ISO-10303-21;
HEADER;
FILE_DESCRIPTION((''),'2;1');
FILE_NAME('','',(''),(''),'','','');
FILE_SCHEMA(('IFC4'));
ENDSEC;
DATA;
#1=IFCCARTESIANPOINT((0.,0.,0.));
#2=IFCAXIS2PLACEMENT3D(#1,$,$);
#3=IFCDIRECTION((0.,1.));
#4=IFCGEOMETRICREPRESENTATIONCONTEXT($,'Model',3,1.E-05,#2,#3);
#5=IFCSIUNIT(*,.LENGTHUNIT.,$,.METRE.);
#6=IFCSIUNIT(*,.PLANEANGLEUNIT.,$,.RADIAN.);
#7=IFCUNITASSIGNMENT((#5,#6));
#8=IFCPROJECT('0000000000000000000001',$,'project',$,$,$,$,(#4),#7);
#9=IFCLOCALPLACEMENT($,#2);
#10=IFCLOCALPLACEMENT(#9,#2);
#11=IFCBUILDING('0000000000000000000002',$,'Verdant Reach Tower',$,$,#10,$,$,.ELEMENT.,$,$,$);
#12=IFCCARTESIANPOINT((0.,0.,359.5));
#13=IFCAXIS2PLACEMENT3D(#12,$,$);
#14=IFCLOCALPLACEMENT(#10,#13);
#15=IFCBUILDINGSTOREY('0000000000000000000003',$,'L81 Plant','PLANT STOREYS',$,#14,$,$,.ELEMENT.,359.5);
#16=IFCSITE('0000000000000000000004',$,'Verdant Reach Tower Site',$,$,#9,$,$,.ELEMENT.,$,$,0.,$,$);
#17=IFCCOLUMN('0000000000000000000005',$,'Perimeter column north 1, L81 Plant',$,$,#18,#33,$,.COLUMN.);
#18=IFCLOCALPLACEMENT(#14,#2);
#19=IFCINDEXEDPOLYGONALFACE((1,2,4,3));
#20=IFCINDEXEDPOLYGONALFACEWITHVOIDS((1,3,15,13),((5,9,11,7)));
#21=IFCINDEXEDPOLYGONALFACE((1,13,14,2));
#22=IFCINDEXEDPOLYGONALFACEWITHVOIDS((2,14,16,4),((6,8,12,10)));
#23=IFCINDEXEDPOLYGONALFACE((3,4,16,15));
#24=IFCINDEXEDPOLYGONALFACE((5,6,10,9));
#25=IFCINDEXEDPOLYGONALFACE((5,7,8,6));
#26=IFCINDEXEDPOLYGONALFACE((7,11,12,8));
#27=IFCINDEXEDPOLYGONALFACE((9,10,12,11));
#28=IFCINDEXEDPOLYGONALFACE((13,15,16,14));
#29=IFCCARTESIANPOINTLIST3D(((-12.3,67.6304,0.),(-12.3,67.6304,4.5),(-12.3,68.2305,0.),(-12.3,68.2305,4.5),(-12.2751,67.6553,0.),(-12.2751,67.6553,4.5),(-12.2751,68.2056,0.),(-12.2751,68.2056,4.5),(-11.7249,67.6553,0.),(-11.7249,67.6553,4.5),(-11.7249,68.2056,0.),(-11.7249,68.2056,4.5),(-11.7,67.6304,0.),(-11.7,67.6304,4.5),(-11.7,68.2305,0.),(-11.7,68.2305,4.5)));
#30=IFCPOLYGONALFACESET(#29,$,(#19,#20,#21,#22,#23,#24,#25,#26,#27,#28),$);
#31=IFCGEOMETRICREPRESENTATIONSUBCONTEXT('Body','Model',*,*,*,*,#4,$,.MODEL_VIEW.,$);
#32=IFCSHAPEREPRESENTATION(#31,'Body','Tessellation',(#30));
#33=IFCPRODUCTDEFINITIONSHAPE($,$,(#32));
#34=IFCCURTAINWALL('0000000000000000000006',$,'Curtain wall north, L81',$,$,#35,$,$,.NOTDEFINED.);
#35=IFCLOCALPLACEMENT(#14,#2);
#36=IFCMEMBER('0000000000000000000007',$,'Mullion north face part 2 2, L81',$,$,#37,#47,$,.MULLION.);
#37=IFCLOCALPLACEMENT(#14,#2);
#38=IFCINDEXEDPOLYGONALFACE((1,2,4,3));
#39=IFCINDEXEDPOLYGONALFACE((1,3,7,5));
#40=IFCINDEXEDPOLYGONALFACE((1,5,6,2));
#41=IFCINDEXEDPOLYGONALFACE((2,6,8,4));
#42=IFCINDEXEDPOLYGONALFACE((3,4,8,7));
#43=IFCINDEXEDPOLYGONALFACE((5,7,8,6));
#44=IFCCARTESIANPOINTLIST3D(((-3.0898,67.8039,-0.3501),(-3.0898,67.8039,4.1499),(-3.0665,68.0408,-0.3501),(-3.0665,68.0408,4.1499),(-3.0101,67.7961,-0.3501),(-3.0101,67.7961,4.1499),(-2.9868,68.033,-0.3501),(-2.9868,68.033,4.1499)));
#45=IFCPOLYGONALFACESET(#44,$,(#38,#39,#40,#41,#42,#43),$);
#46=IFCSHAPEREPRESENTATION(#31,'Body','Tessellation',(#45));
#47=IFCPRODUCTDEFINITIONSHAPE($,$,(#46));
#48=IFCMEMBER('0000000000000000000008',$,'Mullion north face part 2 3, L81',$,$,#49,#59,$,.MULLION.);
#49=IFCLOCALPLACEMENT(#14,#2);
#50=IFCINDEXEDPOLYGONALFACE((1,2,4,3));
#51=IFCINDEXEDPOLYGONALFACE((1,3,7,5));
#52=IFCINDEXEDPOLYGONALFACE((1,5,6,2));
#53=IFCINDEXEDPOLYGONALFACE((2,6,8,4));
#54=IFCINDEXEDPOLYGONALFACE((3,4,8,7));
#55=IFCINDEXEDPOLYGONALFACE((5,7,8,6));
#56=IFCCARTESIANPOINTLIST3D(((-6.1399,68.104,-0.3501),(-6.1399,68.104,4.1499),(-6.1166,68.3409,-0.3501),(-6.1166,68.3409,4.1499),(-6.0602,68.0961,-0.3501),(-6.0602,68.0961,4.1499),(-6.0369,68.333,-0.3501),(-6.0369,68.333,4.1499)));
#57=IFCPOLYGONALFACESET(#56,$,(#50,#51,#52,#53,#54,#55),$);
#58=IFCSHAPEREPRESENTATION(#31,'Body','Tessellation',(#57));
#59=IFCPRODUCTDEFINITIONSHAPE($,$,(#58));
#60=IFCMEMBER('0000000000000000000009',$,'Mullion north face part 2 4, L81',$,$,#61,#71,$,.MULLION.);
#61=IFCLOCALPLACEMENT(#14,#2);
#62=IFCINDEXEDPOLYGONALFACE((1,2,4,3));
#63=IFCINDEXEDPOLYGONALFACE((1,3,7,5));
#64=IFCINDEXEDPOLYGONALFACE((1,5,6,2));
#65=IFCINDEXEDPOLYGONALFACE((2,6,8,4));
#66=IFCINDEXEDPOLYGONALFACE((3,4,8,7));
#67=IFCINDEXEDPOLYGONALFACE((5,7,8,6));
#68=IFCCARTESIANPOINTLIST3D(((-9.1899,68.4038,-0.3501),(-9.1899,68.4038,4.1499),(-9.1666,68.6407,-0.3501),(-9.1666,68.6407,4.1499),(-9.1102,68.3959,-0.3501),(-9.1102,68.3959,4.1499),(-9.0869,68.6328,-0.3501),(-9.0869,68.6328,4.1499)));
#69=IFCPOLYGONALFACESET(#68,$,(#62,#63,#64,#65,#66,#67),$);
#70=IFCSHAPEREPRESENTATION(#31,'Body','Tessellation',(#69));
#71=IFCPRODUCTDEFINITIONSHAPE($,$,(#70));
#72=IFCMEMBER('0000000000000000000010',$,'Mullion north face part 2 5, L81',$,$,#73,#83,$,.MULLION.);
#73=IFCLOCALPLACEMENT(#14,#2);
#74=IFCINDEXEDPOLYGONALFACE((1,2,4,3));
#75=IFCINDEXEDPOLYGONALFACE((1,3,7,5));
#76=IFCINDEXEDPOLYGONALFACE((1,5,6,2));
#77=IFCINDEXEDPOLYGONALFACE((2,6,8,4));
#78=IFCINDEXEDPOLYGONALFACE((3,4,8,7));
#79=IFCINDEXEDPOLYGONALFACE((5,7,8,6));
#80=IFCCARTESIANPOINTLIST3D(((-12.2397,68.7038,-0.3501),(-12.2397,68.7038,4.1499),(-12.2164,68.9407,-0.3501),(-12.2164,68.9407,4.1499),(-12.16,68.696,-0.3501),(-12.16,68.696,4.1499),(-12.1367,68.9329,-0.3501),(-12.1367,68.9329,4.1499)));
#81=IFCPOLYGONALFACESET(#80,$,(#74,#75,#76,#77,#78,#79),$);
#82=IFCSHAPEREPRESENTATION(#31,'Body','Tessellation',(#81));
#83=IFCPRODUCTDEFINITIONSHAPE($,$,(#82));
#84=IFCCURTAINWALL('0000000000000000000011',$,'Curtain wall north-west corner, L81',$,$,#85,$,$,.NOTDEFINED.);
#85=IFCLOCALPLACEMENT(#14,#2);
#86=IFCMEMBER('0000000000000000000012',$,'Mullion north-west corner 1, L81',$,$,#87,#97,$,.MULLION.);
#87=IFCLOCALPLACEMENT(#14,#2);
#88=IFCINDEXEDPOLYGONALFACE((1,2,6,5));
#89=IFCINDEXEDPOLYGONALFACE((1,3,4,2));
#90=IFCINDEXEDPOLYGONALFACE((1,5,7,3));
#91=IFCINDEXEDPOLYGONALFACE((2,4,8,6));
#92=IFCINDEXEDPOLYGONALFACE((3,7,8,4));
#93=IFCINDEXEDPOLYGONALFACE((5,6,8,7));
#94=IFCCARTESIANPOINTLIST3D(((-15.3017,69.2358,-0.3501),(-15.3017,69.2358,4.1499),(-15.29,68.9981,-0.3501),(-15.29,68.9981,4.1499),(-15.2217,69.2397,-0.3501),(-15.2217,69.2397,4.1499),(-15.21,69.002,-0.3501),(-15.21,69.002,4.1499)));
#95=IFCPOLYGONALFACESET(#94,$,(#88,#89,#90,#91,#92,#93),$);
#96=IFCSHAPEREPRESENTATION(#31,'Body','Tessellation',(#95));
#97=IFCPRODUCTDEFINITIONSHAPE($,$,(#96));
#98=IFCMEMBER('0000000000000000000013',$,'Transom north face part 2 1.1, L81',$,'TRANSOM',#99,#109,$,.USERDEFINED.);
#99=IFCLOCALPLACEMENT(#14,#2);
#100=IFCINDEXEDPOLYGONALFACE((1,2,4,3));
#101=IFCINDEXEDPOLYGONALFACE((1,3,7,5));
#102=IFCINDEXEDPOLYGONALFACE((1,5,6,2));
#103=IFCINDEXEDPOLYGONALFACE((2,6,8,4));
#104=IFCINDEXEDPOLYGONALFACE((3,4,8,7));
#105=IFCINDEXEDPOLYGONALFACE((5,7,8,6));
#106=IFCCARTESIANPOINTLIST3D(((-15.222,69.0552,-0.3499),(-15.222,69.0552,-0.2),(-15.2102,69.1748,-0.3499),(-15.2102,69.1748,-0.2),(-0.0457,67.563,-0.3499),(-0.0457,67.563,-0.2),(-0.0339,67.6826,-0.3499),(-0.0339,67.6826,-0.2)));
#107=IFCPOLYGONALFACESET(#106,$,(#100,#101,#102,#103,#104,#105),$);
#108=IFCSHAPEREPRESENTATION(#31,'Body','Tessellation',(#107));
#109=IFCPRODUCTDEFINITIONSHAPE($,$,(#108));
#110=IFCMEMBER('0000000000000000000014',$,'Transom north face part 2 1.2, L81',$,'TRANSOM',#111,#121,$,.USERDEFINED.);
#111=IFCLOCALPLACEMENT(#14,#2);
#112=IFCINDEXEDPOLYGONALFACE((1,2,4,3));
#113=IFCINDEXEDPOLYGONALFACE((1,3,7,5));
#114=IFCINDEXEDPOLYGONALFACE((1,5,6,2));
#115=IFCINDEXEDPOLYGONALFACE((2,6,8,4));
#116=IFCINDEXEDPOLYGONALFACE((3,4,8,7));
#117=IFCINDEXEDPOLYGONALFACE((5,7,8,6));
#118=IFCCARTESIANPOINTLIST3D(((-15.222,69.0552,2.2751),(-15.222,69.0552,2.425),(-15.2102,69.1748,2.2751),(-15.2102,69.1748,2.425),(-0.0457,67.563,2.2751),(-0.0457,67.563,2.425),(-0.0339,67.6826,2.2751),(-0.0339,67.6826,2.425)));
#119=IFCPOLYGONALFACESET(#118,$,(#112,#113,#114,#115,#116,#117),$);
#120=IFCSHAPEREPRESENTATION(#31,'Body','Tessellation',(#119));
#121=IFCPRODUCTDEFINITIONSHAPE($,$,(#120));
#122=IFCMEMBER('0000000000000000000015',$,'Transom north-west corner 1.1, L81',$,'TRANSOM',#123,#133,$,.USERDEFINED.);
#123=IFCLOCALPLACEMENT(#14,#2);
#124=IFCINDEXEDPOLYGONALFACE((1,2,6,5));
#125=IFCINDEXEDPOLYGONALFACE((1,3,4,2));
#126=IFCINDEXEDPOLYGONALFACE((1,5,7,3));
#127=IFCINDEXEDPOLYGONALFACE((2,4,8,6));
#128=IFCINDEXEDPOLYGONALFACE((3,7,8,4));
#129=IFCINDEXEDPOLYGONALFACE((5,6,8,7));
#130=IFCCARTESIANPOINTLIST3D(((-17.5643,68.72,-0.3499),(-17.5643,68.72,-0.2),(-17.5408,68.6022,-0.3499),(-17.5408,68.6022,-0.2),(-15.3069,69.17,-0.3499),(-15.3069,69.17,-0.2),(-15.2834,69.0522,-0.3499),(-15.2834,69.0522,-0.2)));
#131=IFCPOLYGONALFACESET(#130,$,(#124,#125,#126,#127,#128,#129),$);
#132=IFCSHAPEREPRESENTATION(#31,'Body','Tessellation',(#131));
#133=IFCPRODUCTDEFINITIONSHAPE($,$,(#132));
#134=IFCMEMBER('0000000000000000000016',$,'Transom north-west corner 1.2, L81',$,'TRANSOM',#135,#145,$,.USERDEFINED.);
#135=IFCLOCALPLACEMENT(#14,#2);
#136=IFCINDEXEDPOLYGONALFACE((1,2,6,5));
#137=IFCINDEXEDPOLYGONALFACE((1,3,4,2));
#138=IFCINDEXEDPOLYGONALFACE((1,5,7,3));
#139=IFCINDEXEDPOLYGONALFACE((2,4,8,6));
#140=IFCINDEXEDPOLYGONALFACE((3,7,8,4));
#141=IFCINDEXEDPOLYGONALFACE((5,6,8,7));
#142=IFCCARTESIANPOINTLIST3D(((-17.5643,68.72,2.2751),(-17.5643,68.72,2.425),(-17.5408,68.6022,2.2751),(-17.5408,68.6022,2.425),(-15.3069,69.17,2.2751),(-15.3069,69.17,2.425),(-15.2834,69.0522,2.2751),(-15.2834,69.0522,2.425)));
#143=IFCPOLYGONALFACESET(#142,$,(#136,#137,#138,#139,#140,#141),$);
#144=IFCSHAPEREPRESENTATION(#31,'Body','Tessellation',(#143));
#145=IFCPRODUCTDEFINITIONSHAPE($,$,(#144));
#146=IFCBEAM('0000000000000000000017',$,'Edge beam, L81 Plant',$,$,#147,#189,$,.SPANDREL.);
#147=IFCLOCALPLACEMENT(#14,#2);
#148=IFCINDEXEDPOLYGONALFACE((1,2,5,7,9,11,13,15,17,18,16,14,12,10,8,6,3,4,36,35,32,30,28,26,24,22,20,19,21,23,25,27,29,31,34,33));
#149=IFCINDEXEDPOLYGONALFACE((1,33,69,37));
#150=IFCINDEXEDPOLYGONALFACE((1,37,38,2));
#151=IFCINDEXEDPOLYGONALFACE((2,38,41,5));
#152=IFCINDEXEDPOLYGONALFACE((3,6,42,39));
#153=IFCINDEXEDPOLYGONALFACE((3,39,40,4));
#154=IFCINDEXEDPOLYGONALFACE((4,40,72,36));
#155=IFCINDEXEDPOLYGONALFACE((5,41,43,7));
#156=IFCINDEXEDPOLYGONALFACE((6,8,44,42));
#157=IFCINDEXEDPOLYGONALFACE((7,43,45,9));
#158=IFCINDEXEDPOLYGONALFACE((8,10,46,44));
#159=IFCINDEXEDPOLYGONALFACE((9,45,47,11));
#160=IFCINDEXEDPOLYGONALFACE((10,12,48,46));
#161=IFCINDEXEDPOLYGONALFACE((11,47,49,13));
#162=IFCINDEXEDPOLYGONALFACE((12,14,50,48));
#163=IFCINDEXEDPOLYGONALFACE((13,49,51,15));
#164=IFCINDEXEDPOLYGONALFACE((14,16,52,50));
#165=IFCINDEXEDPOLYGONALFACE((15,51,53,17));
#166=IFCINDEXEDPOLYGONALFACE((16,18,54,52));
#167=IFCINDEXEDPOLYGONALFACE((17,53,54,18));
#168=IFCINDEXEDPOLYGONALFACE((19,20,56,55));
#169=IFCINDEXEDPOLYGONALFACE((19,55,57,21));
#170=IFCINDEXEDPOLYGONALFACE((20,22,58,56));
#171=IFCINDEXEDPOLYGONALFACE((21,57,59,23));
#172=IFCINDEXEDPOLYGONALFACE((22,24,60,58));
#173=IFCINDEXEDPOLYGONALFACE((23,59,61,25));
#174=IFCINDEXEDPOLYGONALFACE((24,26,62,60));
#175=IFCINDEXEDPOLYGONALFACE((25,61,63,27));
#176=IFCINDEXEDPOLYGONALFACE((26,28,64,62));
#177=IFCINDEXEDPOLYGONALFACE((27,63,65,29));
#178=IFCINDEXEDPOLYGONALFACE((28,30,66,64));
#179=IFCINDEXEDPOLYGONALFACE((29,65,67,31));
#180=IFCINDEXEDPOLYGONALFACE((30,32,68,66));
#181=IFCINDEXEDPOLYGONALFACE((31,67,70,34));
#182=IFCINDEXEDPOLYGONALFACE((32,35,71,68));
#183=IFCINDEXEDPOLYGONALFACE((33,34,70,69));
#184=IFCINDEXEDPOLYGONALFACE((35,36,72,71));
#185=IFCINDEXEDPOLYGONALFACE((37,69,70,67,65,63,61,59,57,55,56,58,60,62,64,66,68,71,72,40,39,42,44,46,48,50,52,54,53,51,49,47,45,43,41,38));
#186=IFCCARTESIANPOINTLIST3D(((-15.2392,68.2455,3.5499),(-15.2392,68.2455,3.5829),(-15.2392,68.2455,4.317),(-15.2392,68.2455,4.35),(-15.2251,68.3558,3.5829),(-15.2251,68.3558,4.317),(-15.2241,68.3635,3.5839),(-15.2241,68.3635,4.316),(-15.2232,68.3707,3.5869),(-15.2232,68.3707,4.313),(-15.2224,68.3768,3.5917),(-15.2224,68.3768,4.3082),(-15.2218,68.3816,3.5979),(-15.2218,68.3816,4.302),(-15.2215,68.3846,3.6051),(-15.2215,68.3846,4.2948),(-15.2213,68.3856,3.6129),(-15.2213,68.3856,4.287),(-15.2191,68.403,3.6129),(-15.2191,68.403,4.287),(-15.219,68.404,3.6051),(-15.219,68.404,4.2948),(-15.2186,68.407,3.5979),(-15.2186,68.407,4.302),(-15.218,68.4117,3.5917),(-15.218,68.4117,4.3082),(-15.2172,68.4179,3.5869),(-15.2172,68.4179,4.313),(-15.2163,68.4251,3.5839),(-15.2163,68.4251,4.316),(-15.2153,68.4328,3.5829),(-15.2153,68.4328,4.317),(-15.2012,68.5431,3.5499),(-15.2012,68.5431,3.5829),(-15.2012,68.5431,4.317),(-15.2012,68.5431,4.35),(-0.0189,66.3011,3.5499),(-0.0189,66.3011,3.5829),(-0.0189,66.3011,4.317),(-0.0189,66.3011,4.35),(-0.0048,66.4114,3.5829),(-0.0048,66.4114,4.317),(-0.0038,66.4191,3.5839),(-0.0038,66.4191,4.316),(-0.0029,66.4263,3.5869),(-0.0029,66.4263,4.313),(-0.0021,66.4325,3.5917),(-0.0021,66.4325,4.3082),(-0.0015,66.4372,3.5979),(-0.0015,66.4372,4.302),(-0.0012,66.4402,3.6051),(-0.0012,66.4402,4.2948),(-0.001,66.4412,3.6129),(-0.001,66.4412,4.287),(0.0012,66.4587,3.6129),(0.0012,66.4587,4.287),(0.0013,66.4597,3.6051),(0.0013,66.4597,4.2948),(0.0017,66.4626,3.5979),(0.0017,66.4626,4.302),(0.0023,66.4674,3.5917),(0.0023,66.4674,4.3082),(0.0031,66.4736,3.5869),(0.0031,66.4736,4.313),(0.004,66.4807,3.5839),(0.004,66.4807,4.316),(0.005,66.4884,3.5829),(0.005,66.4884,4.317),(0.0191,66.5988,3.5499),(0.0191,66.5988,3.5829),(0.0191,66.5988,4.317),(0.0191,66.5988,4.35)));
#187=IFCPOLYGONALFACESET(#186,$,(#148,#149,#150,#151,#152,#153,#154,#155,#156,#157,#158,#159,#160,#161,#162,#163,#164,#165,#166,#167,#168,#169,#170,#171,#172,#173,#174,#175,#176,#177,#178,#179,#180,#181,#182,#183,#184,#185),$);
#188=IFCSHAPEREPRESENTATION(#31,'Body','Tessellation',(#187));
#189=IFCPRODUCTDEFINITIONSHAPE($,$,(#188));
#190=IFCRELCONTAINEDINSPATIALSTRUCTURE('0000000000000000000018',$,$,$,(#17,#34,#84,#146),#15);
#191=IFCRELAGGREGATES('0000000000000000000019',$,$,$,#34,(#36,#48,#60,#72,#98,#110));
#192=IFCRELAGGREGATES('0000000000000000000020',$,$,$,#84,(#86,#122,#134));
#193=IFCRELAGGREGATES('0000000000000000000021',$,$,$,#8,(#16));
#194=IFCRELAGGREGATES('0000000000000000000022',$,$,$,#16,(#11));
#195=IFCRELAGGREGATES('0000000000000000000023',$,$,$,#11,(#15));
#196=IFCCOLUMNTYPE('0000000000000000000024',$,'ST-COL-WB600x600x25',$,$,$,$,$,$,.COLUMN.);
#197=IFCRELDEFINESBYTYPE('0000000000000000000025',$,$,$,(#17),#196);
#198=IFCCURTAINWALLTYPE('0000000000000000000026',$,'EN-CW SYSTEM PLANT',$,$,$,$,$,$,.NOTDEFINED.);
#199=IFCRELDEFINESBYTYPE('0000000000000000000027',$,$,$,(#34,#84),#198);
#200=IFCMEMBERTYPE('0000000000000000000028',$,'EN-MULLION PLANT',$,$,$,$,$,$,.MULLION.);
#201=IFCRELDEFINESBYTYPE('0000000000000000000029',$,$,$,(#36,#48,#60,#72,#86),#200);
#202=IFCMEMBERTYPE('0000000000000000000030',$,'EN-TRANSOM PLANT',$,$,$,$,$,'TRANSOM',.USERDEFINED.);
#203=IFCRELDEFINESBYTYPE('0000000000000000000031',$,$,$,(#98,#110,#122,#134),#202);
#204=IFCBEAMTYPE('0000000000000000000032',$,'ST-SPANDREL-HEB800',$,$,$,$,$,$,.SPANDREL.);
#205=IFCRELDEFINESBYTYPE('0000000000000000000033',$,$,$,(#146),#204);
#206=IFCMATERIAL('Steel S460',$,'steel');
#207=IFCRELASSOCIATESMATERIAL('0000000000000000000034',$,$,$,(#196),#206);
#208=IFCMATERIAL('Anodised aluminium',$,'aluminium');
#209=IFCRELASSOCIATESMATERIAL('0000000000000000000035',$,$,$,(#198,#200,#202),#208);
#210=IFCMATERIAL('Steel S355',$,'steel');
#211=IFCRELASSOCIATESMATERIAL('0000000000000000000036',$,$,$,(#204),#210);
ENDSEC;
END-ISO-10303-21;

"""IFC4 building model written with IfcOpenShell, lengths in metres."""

from ifc_helpers import new_model, si_unit, direction, frame, origin, origin_2d, place, context, subcontext, project, spatial, rectangle, hollow_rectangle, i_section, extrude, material, material_profile, profile_set, type_object, element, aggregate, save


model = new_model("IFC4")

# Units and contexts
model_context = context("Model", 3, precision=1e-05, world=origin(), true_north=direction((0.0, 1.0)))
body_context = subcontext(model_context, "Body", "Model", "MODEL_VIEW")
ifc_project = project(units=[si_unit("LENGTHUNIT", "METRE"), si_unit("PLANEANGLEUNIT", "RADIAN")], contexts=[model_context])

# Site, building, storey
site_placement = place(None, origin())
site = spatial("IfcSite", under=ifc_project, at=site_placement, Name="Verdant Reach Tower Site", CompositionType="ELEMENT", RefElevation=0.0)
building_placement = place(site_placement, origin())
building = spatial("IfcBuilding", under=site, at=building_placement, Name="Verdant Reach Tower", CompositionType="ELEMENT")
storey_placement = place(building_placement, frame((0.0, 0.0, 359.5)))
storey = spatial("IfcBuildingStorey", under=building, at=storey_placement, Name="L81 Plant", Description="PLANT STOREYS", CompositionType="ELEMENT", Elevation=359.5)

# Column
ifc_material_1 = material(Name="Steel S460", Category="steel")
ifc_material_profile_1 = material_profile(ifc_material_1, hollow_rectangle(XDim=0.6001, YDim=0.6001, WallThickness=0.0249, at=origin_2d()), Name="WB 600x600x25")
ifc_profile_set_1 = profile_set([ifc_material_profile_1], Name="Steel S460")
column_type = type_object("IfcColumnType", Name="ST-COL-WB600x600x25", PredefinedType="COLUMN", material=ifc_profile_set_1)
column_placement = place(storey_placement, frame((-12.0, 67.9304, 0.0), z_axis=(0.0, 0.0, 1.0), x_axis=(1.0, 0.0, 0.0)))
element("IfcColumn", 1, at=column_placement, inside=storey, type_object=column_type, Name="Perimeter column north 1, L81 Plant", PredefinedType="COLUMN", context=body_context, shape_type="SweptSolid", body=[
    extrude(hollow_rectangle(XDim=0.6001, YDim=0.6001, WallThickness=0.0249, at=origin_2d()), origin(), (0.0, 0.0, 1.0), 4.5),
])

# Curtain wall, members
ifc_material_2 = material(Name="Anodised aluminium", Category="aluminium")
curtain_wall_type = type_object("IfcCurtainWallType", Name="EN-CW SYSTEM PLANT", PredefinedType="NOTDEFINED", material=ifc_material_2)
curtain_wall_1_placement = place(storey_placement, origin())
curtain_wall_1 = element("IfcCurtainWall", 2, at=curtain_wall_1_placement, inside=storey, type_object=curtain_wall_type, Name="Curtain wall north, L81", PredefinedType="NOTDEFINED")
ifc_material_profile_2 = material_profile(ifc_material_2, rectangle(XDim=0.238, YDim=0.0801, at=origin_2d()), Name="Mullion 80x240")
ifc_profile_set_2 = profile_set([ifc_material_profile_2], Name="Anodised aluminium")
member_type_1 = type_object("IfcMemberType", Name="EN-MULLION PLANT", PredefinedType="MULLION", material=ifc_profile_set_2)
member_1_placement = place(storey_placement, frame((-3.0383, 67.9185, -0.3501), z_axis=(0.0, 0.0, 1.0), x_axis=(0.097888, 0.995197, 0.0)))
member_1 = element("IfcMember", 3, at=member_1_placement, type_object=member_type_1, Name="Mullion north face part 2 2, L81", PredefinedType="MULLION", context=body_context, shape_type="SweptSolid", body=[
    extrude(rectangle(XDim=0.238, YDim=0.0801, at=origin_2d()), origin(), (0.0, 0.0, 1.0), 4.5),
])
member_2_placement = place(storey_placement, frame((-6.0884, 68.2185, -0.3501), z_axis=(0.0, 0.0, 1.0), x_axis=(0.097888, 0.995197, 0.0)))
member_2 = element("IfcMember", 4, at=member_2_placement, type_object=member_type_1, Name="Mullion north face part 2 3, L81", PredefinedType="MULLION", context=body_context, shape_type="SweptSolid", body=[
    extrude(rectangle(XDim=0.238, YDim=0.0801, at=origin_2d()), origin(), (0.0, 0.0, 1.0), 4.5),
])
member_3_placement = place(storey_placement, frame((-9.1384, 68.5183, -0.3501), z_axis=(0.0, 0.0, 1.0), x_axis=(0.097888, 0.995197, 0.0)))
member_3 = element("IfcMember", 5, at=member_3_placement, type_object=member_type_1, Name="Mullion north face part 2 4, L81", PredefinedType="MULLION", context=body_context, shape_type="SweptSolid", body=[
    extrude(rectangle(XDim=0.238, YDim=0.0801, at=origin_2d()), origin(), (0.0, 0.0, 1.0), 4.5),
])
member_4_placement = place(storey_placement, frame((-12.1882, 68.8184, -0.3501), z_axis=(0.0, 0.0, 1.0), x_axis=(0.097888, 0.995197, 0.0)))
member_4 = element("IfcMember", 6, at=member_4_placement, type_object=member_type_1, Name="Mullion north face part 2 5, L81", PredefinedType="MULLION", context=body_context, shape_type="SweptSolid", body=[
    extrude(rectangle(XDim=0.238, YDim=0.0801, at=origin_2d()), origin(), (0.0, 0.0, 1.0), 4.5),
])

# Curtain wall, member
curtain_wall_2_placement = place(storey_placement, origin())
curtain_wall_2 = element("IfcCurtainWall", 7, at=curtain_wall_2_placement, inside=storey, type_object=curtain_wall_type, Name="Curtain wall north-west corner, L81", PredefinedType="NOTDEFINED")
member_5_placement = place(storey_placement, frame((-15.2559, 69.1189, -0.3501), z_axis=(0.0, 0.0, 1.0), x_axis=(-0.049128, 0.998793, 0.0)))
member_5 = element("IfcMember", 8, at=member_5_placement, type_object=member_type_1, Name="Mullion north-west corner 1, L81", PredefinedType="MULLION", context=body_context, shape_type="SweptSolid", body=[
    extrude(rectangle(XDim=0.238, YDim=0.0801, at=origin_2d()), origin(), (0.0, 0.0, 1.0), 4.5),
])

# Members
ifc_material_profile_3 = material_profile(ifc_material_2, rectangle(XDim=0.1201, YDim=0.1499, at=origin_2d()), Name="Transom 150x120")
ifc_profile_set_3 = profile_set([ifc_material_profile_3], Name="Anodised aluminium")
member_type_2 = type_object("IfcMemberType", Name="EN-TRANSOM PLANT", ElementType="TRANSOM", PredefinedType="USERDEFINED", material=ifc_profile_set_3)
member_6_placement = place(storey_placement, frame((-0.0398, 67.6228, -0.2749), z_axis=(-0.995201, 0.097852, 0.0), x_axis=(-0.097852, -0.995201, 0.0)))
member_6 = element("IfcMember", 9, at=member_6_placement, type_object=member_type_2, Name="Transom north face part 2 1.1, L81", ObjectType="TRANSOM", PredefinedType="USERDEFINED", context=body_context, shape_type="SweptSolid", body=[
    extrude(rectangle(XDim=0.1201, YDim=0.1499, at=origin_2d()), origin(), (0.0, 0.0, 1.0), 15.2495),
])
member_7_placement = place(storey_placement, frame((-0.0398, 67.6228, 2.3501), z_axis=(-0.995201, 0.097852, 0.0), x_axis=(-0.097852, -0.995201, 0.0)))
member_7 = element("IfcMember", 10, at=member_7_placement, type_object=member_type_2, Name="Transom north face part 2 1.2, L81", ObjectType="TRANSOM", PredefinedType="USERDEFINED", context=body_context, shape_type="SweptSolid", body=[
    extrude(rectangle(XDim=0.1201, YDim=0.1499, at=origin_2d()), origin(), (0.0, 0.0, 1.0), 15.2495),
])
member_8_placement = place(storey_placement, frame((-15.2952, 69.1111, -0.2749), z_axis=(-0.980707, -0.195484, 0.0), x_axis=(0.195484, -0.980707, 0.0)))
member_8 = element("IfcMember", 11, at=member_8_placement, type_object=member_type_2, Name="Transom north-west corner 1.1, L81", ObjectType="TRANSOM", PredefinedType="USERDEFINED", context=body_context, shape_type="SweptSolid", body=[
    extrude(rectangle(XDim=0.1201, YDim=0.1499, at=origin_2d()), origin(), (0.0, 0.0, 1.0), 2.3018),
])
member_9_placement = place(storey_placement, frame((-15.2952, 69.1111, 2.3501), z_axis=(-0.980707, -0.195484, 0.0), x_axis=(0.195484, -0.980707, 0.0)))
member_9 = element("IfcMember", 12, at=member_9_placement, type_object=member_type_2, Name="Transom north-west corner 1.2, L81", ObjectType="TRANSOM", PredefinedType="USERDEFINED", context=body_context, shape_type="SweptSolid", body=[
    extrude(rectangle(XDim=0.1201, YDim=0.1499, at=origin_2d()), origin(), (0.0, 0.0, 1.0), 2.3018),
])

# Beam
ifc_material_3 = material(Name="Steel S355", Category="steel")
ifc_material_profile_4 = material_profile(ifc_material_3, i_section(OverallWidth=0.3, OverallDepth=0.8, WebThickness=0.0176, FlangeThickness=0.033, FilletRadius=0.03, at=origin_2d()), Name="HEB 800")
ifc_profile_set_4 = profile_set([ifc_material_profile_4], Name="Steel S355")
beam_type = type_object("IfcBeamType", Name="ST-SPANDREL-HEB800", PredefinedType="SPANDREL", material=ifc_profile_set_4)
beam_placement = place(storey_placement, frame((-15.2202, 68.3943, 3.95), z_axis=(0.991939, -0.126717, 0.0), x_axis=(0.126717, 0.991939, 0.0)))
element("IfcBeam", 13, at=beam_placement, inside=storey, type_object=beam_type, Name="Edge beam, L81 Plant", PredefinedType="SPANDREL", context=body_context, shape_type="SweptSolid", body=[
    extrude(i_section(OverallWidth=0.3, OverallDepth=0.8, WebThickness=0.0176, FlangeThickness=0.033, FilletRadius=0.03, at=origin_2d()), origin(), (0.0, 0.0, 1.0), 15.344),
])

aggregate(curtain_wall_1, [member_1, member_2, member_3, member_4, member_6, member_7])
aggregate(curtain_wall_2, [member_5, member_8, member_9])

save(model, "model.ifc")
